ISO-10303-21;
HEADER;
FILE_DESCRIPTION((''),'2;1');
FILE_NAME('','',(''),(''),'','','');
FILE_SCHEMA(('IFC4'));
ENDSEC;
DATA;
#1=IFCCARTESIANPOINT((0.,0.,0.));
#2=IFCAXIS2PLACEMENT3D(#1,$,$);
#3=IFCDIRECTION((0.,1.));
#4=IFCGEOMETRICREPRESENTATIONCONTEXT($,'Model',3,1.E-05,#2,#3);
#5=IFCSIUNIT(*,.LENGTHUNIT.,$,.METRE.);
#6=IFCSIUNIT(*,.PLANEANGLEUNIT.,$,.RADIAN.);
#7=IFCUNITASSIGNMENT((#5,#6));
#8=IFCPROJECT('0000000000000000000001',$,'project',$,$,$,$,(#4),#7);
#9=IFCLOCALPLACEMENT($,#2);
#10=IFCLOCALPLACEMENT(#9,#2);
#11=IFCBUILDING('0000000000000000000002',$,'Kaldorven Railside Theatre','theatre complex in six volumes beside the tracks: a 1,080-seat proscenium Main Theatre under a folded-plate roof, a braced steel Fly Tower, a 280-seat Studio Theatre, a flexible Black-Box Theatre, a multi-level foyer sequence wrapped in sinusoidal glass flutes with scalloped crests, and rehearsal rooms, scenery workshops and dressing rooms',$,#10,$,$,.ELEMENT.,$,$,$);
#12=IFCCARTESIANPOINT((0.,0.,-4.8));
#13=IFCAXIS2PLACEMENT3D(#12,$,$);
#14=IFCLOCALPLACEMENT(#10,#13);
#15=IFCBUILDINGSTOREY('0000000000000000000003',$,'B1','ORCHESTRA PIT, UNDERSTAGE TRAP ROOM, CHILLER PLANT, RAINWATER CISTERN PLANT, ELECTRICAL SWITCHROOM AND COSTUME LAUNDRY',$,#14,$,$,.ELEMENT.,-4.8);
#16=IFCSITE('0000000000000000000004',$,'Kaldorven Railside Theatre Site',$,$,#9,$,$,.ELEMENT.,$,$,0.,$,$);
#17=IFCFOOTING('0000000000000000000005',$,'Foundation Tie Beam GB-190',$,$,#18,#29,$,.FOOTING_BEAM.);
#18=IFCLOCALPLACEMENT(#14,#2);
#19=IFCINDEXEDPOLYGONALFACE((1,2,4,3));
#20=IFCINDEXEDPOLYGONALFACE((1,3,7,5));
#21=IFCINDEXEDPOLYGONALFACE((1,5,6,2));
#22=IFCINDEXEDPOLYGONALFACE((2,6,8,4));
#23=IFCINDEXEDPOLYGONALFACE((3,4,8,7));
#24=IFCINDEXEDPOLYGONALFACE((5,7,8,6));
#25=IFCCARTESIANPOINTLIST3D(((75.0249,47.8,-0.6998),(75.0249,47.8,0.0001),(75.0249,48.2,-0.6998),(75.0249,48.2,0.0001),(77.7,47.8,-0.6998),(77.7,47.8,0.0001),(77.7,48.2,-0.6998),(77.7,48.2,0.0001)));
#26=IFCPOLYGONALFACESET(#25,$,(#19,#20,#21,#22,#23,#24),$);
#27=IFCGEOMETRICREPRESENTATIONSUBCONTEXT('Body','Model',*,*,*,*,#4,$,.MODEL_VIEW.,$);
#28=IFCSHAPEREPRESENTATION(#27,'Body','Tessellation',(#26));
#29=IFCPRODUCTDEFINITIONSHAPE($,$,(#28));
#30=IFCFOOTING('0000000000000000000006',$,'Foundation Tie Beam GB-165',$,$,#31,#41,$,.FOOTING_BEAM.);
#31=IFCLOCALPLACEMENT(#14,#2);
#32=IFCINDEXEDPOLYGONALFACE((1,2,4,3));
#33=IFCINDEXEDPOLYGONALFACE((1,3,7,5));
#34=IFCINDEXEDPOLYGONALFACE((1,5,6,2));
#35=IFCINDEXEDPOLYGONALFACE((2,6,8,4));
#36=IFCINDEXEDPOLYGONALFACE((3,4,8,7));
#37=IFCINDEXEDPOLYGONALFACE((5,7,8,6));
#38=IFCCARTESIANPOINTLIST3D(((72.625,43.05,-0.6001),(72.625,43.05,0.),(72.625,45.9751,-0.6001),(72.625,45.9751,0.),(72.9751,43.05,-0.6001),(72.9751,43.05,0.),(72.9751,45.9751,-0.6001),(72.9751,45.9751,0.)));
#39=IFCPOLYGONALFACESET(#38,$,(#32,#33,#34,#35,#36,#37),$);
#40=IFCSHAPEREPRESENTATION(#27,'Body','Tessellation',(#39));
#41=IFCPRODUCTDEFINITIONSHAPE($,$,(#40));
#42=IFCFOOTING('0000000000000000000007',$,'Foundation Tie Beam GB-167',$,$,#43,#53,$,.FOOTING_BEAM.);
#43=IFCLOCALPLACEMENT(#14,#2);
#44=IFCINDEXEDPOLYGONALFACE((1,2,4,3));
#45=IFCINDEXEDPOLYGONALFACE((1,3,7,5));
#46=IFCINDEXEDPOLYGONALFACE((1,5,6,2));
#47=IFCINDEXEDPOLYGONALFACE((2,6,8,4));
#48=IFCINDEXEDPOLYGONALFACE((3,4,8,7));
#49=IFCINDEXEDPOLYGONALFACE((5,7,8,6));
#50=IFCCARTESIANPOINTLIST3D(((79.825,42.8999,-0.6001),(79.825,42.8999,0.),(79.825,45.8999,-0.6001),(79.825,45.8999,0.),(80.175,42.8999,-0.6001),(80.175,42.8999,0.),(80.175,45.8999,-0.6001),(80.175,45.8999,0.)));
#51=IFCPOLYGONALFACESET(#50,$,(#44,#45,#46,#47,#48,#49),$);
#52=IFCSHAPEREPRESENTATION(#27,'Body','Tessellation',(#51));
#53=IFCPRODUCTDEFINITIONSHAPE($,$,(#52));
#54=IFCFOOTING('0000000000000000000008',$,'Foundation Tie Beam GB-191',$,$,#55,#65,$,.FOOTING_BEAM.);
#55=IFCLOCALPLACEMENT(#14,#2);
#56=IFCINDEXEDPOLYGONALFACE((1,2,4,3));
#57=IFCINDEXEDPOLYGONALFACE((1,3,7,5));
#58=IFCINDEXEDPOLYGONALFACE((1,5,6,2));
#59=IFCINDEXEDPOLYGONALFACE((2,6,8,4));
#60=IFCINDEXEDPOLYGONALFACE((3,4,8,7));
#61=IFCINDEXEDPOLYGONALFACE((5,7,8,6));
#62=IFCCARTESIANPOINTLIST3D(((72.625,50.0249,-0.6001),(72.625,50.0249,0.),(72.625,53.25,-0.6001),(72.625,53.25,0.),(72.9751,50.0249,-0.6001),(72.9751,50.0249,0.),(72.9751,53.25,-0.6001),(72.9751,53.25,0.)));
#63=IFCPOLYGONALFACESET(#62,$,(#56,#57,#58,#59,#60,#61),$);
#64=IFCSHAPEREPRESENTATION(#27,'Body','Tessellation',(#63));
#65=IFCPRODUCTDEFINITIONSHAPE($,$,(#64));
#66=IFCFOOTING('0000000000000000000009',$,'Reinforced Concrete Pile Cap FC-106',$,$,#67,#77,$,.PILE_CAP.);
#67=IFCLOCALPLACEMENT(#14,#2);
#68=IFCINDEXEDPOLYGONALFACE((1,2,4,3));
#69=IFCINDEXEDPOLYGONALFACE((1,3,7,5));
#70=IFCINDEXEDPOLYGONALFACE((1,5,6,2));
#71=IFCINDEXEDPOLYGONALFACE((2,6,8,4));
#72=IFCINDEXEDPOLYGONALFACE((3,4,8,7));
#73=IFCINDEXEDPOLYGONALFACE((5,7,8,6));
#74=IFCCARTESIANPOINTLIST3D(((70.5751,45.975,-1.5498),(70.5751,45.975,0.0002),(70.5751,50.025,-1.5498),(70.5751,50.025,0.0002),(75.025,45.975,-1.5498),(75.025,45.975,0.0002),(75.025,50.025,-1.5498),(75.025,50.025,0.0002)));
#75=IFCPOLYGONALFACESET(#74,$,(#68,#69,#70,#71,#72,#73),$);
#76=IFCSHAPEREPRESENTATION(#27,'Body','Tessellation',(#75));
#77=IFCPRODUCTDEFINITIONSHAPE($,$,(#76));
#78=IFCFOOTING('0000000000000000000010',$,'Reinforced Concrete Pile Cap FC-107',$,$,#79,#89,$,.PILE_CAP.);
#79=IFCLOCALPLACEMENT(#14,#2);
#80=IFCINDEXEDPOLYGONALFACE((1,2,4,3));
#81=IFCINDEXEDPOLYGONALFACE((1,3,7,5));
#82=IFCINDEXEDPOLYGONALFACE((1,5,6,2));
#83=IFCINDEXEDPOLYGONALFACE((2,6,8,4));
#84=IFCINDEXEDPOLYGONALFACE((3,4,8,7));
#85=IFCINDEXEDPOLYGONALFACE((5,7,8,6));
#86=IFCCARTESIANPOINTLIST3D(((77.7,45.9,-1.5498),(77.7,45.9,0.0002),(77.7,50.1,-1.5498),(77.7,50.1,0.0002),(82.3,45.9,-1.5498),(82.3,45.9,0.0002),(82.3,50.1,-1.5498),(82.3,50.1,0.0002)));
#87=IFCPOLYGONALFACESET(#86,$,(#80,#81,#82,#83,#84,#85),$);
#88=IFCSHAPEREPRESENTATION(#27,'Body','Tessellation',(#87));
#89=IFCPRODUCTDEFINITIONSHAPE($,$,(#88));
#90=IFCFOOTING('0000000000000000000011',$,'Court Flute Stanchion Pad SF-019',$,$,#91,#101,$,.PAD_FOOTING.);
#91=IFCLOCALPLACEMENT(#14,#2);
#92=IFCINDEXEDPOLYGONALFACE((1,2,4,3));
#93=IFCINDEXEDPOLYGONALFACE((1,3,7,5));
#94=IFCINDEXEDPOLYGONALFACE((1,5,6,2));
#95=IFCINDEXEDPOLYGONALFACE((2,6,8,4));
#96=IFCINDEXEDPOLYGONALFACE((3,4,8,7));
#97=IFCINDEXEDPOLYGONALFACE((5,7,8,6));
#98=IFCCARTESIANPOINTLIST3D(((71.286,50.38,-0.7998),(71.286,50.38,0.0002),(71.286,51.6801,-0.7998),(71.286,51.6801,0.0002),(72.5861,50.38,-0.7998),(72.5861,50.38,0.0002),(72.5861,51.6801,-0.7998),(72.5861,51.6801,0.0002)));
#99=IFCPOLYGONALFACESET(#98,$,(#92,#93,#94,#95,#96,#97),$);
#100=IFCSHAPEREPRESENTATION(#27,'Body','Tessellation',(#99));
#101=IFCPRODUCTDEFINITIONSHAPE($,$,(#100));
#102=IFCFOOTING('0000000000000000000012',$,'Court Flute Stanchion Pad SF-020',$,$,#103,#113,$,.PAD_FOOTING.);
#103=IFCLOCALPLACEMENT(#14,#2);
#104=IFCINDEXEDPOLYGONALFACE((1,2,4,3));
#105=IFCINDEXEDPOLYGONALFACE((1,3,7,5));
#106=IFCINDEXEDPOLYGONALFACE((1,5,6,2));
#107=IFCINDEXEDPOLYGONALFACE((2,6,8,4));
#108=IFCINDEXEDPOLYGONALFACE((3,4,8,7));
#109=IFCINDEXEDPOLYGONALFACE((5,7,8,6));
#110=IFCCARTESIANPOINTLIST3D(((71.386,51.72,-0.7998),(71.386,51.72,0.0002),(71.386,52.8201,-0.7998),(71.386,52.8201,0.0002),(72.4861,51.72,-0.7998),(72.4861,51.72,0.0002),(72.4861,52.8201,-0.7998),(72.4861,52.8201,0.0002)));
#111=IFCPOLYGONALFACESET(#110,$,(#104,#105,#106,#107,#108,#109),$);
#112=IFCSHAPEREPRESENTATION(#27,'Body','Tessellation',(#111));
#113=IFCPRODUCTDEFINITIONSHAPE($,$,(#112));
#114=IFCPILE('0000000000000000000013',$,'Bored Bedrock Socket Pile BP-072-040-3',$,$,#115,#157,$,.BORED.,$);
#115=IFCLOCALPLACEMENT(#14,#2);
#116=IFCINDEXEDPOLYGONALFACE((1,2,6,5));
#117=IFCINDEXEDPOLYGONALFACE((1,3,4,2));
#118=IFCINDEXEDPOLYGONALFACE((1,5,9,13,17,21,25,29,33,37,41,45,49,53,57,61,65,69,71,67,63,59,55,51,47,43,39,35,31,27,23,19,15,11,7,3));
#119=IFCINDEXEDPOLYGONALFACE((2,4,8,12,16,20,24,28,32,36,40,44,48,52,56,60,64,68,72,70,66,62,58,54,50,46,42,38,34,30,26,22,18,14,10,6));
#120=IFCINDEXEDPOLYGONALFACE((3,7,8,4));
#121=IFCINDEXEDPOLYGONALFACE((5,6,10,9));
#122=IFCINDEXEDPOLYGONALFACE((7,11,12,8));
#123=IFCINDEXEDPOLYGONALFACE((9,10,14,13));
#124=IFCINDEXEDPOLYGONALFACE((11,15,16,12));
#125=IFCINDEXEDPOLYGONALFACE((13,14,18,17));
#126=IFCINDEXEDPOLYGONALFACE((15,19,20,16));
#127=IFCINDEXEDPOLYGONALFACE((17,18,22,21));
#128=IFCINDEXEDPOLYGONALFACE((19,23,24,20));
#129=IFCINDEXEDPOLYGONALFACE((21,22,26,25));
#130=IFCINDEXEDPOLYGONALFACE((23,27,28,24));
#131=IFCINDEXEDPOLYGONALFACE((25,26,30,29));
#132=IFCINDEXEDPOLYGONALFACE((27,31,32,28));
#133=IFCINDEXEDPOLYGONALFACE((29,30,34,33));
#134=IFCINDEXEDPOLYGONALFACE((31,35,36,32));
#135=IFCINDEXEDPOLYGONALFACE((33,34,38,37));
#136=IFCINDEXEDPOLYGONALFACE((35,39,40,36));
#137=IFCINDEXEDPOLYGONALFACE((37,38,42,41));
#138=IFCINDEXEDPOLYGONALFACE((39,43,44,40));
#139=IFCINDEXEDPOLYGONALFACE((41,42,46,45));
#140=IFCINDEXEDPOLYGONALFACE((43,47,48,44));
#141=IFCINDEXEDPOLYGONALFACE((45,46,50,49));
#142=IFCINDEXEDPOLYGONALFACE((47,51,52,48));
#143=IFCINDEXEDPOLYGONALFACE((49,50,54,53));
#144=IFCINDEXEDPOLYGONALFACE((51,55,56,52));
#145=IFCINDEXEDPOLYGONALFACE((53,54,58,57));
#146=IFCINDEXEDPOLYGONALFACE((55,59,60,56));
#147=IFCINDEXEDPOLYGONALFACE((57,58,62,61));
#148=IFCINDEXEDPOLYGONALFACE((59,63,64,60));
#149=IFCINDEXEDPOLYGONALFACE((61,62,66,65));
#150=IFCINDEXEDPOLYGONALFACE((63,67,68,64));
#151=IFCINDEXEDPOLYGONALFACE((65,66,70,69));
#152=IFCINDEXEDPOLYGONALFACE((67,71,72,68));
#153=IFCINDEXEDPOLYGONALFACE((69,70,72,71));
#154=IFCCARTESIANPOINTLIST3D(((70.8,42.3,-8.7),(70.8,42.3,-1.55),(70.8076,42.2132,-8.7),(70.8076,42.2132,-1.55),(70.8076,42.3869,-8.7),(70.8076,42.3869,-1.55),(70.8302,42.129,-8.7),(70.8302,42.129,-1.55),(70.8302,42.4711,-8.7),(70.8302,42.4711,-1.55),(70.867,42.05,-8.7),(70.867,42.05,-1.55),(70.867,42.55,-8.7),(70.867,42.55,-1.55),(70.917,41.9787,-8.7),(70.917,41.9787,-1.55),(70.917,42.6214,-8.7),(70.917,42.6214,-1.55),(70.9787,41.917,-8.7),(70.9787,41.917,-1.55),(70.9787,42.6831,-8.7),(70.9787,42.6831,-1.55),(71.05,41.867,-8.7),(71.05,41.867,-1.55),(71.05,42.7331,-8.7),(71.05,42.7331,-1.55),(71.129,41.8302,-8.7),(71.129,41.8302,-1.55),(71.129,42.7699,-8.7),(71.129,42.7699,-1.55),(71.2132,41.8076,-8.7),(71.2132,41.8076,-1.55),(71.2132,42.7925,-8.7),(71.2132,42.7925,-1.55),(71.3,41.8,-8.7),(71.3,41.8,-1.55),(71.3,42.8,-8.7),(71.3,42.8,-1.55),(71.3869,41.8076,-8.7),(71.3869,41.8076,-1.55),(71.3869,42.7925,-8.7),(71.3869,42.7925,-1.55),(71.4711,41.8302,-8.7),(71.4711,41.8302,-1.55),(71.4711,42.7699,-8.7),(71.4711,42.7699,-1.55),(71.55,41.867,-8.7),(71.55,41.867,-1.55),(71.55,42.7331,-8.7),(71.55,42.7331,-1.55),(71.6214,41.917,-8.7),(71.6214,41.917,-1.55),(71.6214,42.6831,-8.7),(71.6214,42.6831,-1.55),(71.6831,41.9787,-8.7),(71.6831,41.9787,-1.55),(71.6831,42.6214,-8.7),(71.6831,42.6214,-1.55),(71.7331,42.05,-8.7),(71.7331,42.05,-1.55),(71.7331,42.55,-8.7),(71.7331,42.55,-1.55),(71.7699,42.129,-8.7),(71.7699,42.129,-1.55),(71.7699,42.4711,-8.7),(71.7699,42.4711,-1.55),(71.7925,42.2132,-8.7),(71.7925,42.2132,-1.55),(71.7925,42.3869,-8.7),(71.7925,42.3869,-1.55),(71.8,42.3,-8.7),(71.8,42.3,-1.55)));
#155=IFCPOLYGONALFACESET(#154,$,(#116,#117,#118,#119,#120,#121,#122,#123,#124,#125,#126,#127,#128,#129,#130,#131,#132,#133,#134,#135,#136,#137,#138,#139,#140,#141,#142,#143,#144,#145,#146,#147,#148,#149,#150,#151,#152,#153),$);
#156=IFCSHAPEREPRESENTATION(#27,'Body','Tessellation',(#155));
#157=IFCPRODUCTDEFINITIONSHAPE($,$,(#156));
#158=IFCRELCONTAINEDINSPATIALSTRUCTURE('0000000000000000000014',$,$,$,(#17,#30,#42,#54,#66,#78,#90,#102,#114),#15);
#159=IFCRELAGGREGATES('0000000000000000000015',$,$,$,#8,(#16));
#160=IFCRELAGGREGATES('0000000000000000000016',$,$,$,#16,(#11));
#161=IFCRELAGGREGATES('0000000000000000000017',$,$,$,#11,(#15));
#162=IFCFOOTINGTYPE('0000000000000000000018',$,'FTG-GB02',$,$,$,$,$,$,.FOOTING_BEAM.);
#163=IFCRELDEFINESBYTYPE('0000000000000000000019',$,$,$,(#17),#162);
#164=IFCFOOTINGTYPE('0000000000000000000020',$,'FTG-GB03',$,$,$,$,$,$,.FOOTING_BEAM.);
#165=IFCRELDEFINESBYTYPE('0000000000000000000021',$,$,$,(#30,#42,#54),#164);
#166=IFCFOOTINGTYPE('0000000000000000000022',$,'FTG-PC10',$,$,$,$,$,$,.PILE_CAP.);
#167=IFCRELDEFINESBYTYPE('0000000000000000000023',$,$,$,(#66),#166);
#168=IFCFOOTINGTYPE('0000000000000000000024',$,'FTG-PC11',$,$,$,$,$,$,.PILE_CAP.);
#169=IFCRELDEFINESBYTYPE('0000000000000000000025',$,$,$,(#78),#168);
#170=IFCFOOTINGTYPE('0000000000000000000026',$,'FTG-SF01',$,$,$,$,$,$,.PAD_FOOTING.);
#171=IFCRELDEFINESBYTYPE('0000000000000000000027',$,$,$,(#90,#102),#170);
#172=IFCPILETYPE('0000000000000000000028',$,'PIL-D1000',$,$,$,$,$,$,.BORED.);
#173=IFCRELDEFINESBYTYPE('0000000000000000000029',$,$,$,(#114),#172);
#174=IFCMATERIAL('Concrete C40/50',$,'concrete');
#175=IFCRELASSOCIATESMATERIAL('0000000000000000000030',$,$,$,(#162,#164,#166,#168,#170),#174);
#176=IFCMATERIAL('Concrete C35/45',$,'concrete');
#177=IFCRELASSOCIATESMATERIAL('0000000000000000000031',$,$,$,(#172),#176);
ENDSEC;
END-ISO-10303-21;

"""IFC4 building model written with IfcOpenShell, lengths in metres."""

from ifc_helpers import new_model, si_unit, direction, frame, origin, origin_2d, place, context, subcontext, project, spatial, rectangle, circle, extrude, material, material_profile, profile_set, type_object, element, save


model = new_model("IFC4")

# Units and contexts
model_context = context("Model", 3, precision=1e-05, world=origin(), true_north=direction((0.0, 1.0)))
body_context = subcontext(model_context, "Body", "Model", "MODEL_VIEW")
ifc_project = project(units=[si_unit("LENGTHUNIT", "METRE"), si_unit("PLANEANGLEUNIT", "RADIAN")], contexts=[model_context])

# Site, building, storey
site_placement = place(None, origin())
site = spatial("IfcSite", under=ifc_project, at=site_placement, Name="Kaldorven Railside Theatre Site", CompositionType="ELEMENT", RefElevation=0.0)
building_placement = place(site_placement, origin())
building = spatial("IfcBuilding", under=site, at=building_placement, Name="Kaldorven Railside Theatre", Description="theatre complex in six volumes beside the tracks: a 1,080-seat proscenium Main Theatre under a folded-plate roof, a braced steel Fly Tower, a 280-seat Studio Theatre, a flexible Black-Box Theatre, a multi-level foyer sequence wrapped in sinusoidal glass flutes with scalloped crests, and rehearsal rooms, scenery workshops and dressing rooms", CompositionType="ELEMENT")
storey_placement = place(building_placement, frame((0.0, 0.0, -4.8)))
storey = spatial("IfcBuildingStorey", under=building, at=storey_placement, Name="B1", Description="ORCHESTRA PIT, UNDERSTAGE TRAP ROOM, CHILLER PLANT, RAINWATER CISTERN PLANT, ELECTRICAL SWITCHROOM AND COSTUME LAUNDRY", CompositionType="ELEMENT", Elevation=-4.8)

# Footings
ifc_material_1 = material(Name="Concrete C40/50", Category="concrete")
ifc_material_profile_1 = material_profile(ifc_material_1, rectangle(XDim=0.3999, YDim=0.7, at=origin_2d()), Name="RC 400x700")
ifc_profile_set_1 = profile_set([ifc_material_profile_1], Name="Concrete C40/50")
footing_type_1 = type_object("IfcFootingType", Name="FTG-GB02", PredefinedType="FOOTING_BEAM", material=ifc_profile_set_1)
footing_1_placement = place(storey_placement, frame((75.0249, 48.0, -0.3499), z_axis=(1.0, 0.0, 0.0), x_axis=(0.0, 1.0, 0.0)))
element("IfcFooting", 1, at=footing_1_placement, inside=storey, type_object=footing_type_1, Name="Foundation Tie Beam GB-190", PredefinedType="FOOTING_BEAM", context=body_context, shape_type="SweptSolid", body=[
    extrude(rectangle(XDim=0.3999, YDim=0.7, at=origin_2d()), origin(), (0.0, 0.0, 1.0), 2.675),
])
ifc_material_profile_2 = material_profile(ifc_material_1, rectangle(XDim=0.3501, YDim=0.6001, at=origin_2d()), Name="RC 350x600")
ifc_profile_set_2 = profile_set([ifc_material_profile_2], Name="Concrete C40/50")
footing_type_2 = type_object("IfcFootingType", Name="FTG-GB03", PredefinedType="FOOTING_BEAM", material=ifc_profile_set_2)
footing_2_placement = place(storey_placement, frame((72.8, 43.05, -0.3), z_axis=(0.0, 1.0, 0.0), x_axis=(-1.0, 0.0, 0.0)))
element("IfcFooting", 2, at=footing_2_placement, inside=storey, type_object=footing_type_2, Name="Foundation Tie Beam GB-165", PredefinedType="FOOTING_BEAM", context=body_context, shape_type="SweptSolid", body=[
    extrude(rectangle(XDim=0.3501, YDim=0.6001, at=origin_2d()), origin(), (0.0, 0.0, 1.0), 2.925),
])
footing_3_placement = place(storey_placement, frame((80.0, 42.8999, -0.3), z_axis=(0.0, 1.0, 0.0), x_axis=(-1.0, 0.0, 0.0)))
element("IfcFooting", 3, at=footing_3_placement, inside=storey, type_object=footing_type_2, Name="Foundation Tie Beam GB-167", PredefinedType="FOOTING_BEAM", context=body_context, shape_type="SweptSolid", body=[
    extrude(rectangle(XDim=0.3501, YDim=0.6001, at=origin_2d()), origin(), (0.0, 0.0, 1.0), 3.0),
])
footing_4_placement = place(storey_placement, frame((72.8, 50.0249, -0.3), z_axis=(0.0, 1.0, 0.0), x_axis=(-1.0, 0.0, 0.0)))
element("IfcFooting", 4, at=footing_4_placement, inside=storey, type_object=footing_type_2, Name="Foundation Tie Beam GB-191", PredefinedType="FOOTING_BEAM", context=body_context, shape_type="SweptSolid", body=[
    extrude(rectangle(XDim=0.3501, YDim=0.6001, at=origin_2d()), origin(), (0.0, 0.0, 1.0), 3.2251),
])
footing_type_3 = type_object("IfcFootingType", Name="FTG-PC10", PredefinedType="PILE_CAP", material=ifc_material_1)
footing_5_placement = place(storey_placement, frame((72.8, 48.0, -1.5498), z_axis=(0.0, 0.0, 1.0), x_axis=(1.0, 0.0, 0.0)))
element("IfcFooting", 5, at=footing_5_placement, inside=storey, type_object=footing_type_3, Name="Reinforced Concrete Pile Cap FC-106", PredefinedType="PILE_CAP", context=body_context, shape_type="SweptSolid", body=[
    extrude(rectangle(XDim=4.45, YDim=4.05, at=origin_2d()), origin(), (0.0, 0.0, 1.0), 1.55),
])
footing_type_4 = type_object("IfcFootingType", Name="FTG-PC11", PredefinedType="PILE_CAP", material=ifc_material_1)
footing_6_placement = place(storey_placement, frame((80.0, 48.0, -1.5498), z_axis=(0.0, 0.0, 1.0), x_axis=(1.0, 0.0, 0.0)))
element("IfcFooting", 6, at=footing_6_placement, inside=storey, type_object=footing_type_4, Name="Reinforced Concrete Pile Cap FC-107", PredefinedType="PILE_CAP", context=body_context, shape_type="SweptSolid", body=[
    extrude(rectangle(XDim=4.6001, YDim=4.2, at=origin_2d()), origin(), (0.0, 0.0, 1.0), 1.55),
])
footing_type_5 = type_object("IfcFootingType", Name="FTG-SF01", PredefinedType="PAD_FOOTING", material=ifc_material_1)
footing_7_placement = place(storey_placement, frame((71.936, 51.03, -0.7998), z_axis=(0.0, 0.0, 1.0), x_axis=(1.0, 0.0, 0.0)))
element("IfcFooting", 7, at=footing_7_placement, inside=storey, type_object=footing_type_5, Name="Court Flute Stanchion Pad SF-019", PredefinedType="PAD_FOOTING", context=body_context, shape_type="SweptSolid", body=[
    extrude(rectangle(XDim=1.3, YDim=1.3, at=origin_2d()), origin(), (0.0, 0.0, 1.0), 0.8),
])
footing_8_placement = place(storey_placement, frame((71.936, 52.27, -0.7998), z_axis=(0.0, 0.0, 1.0), x_axis=(1.0, 0.0, 0.0)))
element("IfcFooting", 8, at=footing_8_placement, inside=storey, type_object=footing_type_5, Name="Court Flute Stanchion Pad SF-020", PredefinedType="PAD_FOOTING", context=body_context, shape_type="SweptSolid", body=[
    extrude(rectangle(XDim=1.1001, YDim=1.1001, at=origin_2d()), origin(), (0.0, 0.0, 1.0), 0.8),
])

# Pile
ifc_material_2 = material(Name="Concrete C35/45", Category="concrete")
ifc_material_profile_3 = material_profile(ifc_material_2, circle(Radius=0.5, at=origin_2d()), Name="BP D1000")
ifc_profile_set_3 = profile_set([ifc_material_profile_3], Name="Concrete C35/45")
pile_type_1 = type_object("IfcPileType", Name="PIL-D1000", PredefinedType="BORED", material=ifc_profile_set_3)
for number, where, z_axis, x_axis, name in (
    (9, (71.3, 42.3, -1.55), (0.0, 0.0, -1.0), (1.0, 0.0, 0.0), "Bored Bedrock Socket Pile BP-072-040-3"),
):
    element("IfcPile", number, at=place(storey_placement, frame(where, z_axis=z_axis, x_axis=x_axis)), inside=storey, type_object=pile_type_1, Name=name, PredefinedType="BORED", context=body_context, shape_type="SweptSolid", body=[
        extrude(circle(Radius=0.5, at=origin_2d()), origin(), (0.0, 0.0, 1.0), 7.1499),
    ])

save(model, "model.ifc")
